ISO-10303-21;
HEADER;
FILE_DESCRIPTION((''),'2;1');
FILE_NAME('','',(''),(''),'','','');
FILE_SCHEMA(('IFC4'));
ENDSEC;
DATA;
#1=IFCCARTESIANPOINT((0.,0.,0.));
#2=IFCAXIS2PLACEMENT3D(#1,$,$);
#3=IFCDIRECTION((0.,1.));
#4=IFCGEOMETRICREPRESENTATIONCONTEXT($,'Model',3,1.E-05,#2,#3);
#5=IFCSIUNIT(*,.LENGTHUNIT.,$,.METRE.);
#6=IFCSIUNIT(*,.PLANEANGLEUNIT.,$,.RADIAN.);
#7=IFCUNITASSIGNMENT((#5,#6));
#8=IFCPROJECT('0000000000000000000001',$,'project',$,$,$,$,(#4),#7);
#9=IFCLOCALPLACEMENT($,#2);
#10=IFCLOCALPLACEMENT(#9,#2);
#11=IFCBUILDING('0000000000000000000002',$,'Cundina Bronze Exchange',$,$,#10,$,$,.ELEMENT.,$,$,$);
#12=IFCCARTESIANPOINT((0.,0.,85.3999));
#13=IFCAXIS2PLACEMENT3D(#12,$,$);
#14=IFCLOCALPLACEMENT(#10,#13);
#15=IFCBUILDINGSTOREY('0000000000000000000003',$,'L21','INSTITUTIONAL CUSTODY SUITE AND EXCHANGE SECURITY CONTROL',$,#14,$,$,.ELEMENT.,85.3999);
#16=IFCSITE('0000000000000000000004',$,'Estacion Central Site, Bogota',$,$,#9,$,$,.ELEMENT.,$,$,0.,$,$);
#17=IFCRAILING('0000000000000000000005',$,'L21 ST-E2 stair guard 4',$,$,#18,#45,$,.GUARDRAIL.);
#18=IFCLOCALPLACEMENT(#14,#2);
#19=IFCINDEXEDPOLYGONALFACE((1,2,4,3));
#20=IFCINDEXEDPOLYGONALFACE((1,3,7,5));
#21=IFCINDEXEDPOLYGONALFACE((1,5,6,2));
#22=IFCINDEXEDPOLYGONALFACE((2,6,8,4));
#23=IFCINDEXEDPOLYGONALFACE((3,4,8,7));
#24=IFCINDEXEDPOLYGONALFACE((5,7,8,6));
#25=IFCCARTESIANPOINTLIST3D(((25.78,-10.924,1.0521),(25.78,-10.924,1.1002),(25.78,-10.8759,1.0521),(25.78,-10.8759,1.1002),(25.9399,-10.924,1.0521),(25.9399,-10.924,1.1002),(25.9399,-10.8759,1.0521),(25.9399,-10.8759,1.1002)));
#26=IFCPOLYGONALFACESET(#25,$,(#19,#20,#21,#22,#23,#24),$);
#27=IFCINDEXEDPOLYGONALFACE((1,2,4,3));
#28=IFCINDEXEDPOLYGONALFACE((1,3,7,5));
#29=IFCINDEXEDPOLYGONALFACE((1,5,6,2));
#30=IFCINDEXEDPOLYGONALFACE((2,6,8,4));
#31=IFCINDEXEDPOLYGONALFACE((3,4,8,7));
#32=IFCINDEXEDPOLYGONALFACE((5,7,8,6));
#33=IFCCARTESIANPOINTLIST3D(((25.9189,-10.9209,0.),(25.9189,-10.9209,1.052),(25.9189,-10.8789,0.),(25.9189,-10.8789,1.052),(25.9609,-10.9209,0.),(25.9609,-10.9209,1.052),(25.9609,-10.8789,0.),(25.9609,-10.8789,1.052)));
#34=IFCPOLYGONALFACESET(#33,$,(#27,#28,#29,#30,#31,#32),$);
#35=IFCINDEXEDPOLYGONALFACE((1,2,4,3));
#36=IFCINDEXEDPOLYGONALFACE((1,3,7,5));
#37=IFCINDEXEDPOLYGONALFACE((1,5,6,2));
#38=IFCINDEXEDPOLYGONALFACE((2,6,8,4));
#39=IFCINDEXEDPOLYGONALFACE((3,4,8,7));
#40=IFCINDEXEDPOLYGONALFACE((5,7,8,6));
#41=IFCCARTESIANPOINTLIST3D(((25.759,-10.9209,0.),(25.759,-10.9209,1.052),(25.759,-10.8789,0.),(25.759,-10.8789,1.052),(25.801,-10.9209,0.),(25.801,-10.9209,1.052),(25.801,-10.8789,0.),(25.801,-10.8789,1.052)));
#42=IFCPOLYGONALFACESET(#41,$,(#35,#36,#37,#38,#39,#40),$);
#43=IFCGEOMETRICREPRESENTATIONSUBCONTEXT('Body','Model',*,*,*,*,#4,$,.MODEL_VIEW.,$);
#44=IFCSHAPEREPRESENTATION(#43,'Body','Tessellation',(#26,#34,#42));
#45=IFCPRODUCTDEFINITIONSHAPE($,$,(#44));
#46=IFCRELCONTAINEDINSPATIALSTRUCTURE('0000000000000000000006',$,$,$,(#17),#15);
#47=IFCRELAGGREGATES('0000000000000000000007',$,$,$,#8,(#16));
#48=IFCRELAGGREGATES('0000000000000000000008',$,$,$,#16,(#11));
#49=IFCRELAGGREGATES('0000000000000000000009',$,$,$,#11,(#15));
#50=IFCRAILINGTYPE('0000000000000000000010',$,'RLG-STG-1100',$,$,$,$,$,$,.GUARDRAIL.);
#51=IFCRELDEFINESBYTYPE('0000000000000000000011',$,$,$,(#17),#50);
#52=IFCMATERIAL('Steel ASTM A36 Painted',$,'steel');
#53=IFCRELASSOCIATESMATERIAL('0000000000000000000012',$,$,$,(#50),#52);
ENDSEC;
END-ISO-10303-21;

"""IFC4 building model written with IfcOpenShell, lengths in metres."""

from ifc_helpers import new_model, si_unit, direction, frame, origin, origin_2d, place, context, subcontext, project, spatial, rectangle, extrude, material, type_object, element, save


model = new_model("IFC4")

# Units and contexts
model_context = context("Model", 3, precision=1e-05, world=origin(), true_north=direction((0.0, 1.0)))
body_context = subcontext(model_context, "Body", "Model", "MODEL_VIEW")
ifc_project = project(units=[si_unit("LENGTHUNIT", "METRE"), si_unit("PLANEANGLEUNIT", "RADIAN")], contexts=[model_context])

# Site, building, storey
site_placement = place(None, origin())
site = spatial("IfcSite", under=ifc_project, at=site_placement, Name="Estacion Central Site, Bogota", CompositionType="ELEMENT", RefElevation=0.0)
building_placement = place(site_placement, origin())
building = spatial("IfcBuilding", under=site, at=building_placement, Name="Cundina Bronze Exchange", CompositionType="ELEMENT")
storey_placement = place(building_placement, frame((0.0, 0.0, 85.3999)))
storey = spatial("IfcBuildingStorey", under=building, at=storey_placement, Name="L21", Description="INSTITUTIONAL CUSTODY SUITE AND EXCHANGE SECURITY CONTROL", CompositionType="ELEMENT", Elevation=85.3999)

# Shared definitions
ifc_material_1 = material(Name="Steel ASTM A36 Painted", Category="steel")

# Railing
railing_type_1 = type_object("IfcRailingType", Name="RLG-STG-1100", PredefinedType="GUARDRAIL", material=ifc_material_1)
railing_1_placement = place(storey_placement, frame((25.9399, -10.8999, 0.0)))
element("IfcRailing", 1, at=railing_1_placement, inside=storey, type_object=railing_type_1, Name="L21 ST-E2 stair guard 4", PredefinedType="GUARDRAIL", context=body_context, shape_type="SweptSolid", body=[
    extrude(rectangle(XDim=0.0481, YDim=0.0481, at=origin_2d()), frame((0.0, 0.0, 1.0762), z_axis=(-1.0, 0.0, 0.0), x_axis=(0.0, -1.0, 0.0)), (0.0, 0.0, 1.0), 0.1599),
    extrude(rectangle(XDim=0.042, YDim=0.042, at=origin_2d()), origin(), (0.0, 0.0, 1.0), 1.052),
    extrude(rectangle(XDim=0.042, YDim=0.042, at=origin_2d()), frame((-0.1599, 0.0, 0.0)), (0.0, 0.0, 1.0), 1.052),
])

save(model, "model.ifc")
